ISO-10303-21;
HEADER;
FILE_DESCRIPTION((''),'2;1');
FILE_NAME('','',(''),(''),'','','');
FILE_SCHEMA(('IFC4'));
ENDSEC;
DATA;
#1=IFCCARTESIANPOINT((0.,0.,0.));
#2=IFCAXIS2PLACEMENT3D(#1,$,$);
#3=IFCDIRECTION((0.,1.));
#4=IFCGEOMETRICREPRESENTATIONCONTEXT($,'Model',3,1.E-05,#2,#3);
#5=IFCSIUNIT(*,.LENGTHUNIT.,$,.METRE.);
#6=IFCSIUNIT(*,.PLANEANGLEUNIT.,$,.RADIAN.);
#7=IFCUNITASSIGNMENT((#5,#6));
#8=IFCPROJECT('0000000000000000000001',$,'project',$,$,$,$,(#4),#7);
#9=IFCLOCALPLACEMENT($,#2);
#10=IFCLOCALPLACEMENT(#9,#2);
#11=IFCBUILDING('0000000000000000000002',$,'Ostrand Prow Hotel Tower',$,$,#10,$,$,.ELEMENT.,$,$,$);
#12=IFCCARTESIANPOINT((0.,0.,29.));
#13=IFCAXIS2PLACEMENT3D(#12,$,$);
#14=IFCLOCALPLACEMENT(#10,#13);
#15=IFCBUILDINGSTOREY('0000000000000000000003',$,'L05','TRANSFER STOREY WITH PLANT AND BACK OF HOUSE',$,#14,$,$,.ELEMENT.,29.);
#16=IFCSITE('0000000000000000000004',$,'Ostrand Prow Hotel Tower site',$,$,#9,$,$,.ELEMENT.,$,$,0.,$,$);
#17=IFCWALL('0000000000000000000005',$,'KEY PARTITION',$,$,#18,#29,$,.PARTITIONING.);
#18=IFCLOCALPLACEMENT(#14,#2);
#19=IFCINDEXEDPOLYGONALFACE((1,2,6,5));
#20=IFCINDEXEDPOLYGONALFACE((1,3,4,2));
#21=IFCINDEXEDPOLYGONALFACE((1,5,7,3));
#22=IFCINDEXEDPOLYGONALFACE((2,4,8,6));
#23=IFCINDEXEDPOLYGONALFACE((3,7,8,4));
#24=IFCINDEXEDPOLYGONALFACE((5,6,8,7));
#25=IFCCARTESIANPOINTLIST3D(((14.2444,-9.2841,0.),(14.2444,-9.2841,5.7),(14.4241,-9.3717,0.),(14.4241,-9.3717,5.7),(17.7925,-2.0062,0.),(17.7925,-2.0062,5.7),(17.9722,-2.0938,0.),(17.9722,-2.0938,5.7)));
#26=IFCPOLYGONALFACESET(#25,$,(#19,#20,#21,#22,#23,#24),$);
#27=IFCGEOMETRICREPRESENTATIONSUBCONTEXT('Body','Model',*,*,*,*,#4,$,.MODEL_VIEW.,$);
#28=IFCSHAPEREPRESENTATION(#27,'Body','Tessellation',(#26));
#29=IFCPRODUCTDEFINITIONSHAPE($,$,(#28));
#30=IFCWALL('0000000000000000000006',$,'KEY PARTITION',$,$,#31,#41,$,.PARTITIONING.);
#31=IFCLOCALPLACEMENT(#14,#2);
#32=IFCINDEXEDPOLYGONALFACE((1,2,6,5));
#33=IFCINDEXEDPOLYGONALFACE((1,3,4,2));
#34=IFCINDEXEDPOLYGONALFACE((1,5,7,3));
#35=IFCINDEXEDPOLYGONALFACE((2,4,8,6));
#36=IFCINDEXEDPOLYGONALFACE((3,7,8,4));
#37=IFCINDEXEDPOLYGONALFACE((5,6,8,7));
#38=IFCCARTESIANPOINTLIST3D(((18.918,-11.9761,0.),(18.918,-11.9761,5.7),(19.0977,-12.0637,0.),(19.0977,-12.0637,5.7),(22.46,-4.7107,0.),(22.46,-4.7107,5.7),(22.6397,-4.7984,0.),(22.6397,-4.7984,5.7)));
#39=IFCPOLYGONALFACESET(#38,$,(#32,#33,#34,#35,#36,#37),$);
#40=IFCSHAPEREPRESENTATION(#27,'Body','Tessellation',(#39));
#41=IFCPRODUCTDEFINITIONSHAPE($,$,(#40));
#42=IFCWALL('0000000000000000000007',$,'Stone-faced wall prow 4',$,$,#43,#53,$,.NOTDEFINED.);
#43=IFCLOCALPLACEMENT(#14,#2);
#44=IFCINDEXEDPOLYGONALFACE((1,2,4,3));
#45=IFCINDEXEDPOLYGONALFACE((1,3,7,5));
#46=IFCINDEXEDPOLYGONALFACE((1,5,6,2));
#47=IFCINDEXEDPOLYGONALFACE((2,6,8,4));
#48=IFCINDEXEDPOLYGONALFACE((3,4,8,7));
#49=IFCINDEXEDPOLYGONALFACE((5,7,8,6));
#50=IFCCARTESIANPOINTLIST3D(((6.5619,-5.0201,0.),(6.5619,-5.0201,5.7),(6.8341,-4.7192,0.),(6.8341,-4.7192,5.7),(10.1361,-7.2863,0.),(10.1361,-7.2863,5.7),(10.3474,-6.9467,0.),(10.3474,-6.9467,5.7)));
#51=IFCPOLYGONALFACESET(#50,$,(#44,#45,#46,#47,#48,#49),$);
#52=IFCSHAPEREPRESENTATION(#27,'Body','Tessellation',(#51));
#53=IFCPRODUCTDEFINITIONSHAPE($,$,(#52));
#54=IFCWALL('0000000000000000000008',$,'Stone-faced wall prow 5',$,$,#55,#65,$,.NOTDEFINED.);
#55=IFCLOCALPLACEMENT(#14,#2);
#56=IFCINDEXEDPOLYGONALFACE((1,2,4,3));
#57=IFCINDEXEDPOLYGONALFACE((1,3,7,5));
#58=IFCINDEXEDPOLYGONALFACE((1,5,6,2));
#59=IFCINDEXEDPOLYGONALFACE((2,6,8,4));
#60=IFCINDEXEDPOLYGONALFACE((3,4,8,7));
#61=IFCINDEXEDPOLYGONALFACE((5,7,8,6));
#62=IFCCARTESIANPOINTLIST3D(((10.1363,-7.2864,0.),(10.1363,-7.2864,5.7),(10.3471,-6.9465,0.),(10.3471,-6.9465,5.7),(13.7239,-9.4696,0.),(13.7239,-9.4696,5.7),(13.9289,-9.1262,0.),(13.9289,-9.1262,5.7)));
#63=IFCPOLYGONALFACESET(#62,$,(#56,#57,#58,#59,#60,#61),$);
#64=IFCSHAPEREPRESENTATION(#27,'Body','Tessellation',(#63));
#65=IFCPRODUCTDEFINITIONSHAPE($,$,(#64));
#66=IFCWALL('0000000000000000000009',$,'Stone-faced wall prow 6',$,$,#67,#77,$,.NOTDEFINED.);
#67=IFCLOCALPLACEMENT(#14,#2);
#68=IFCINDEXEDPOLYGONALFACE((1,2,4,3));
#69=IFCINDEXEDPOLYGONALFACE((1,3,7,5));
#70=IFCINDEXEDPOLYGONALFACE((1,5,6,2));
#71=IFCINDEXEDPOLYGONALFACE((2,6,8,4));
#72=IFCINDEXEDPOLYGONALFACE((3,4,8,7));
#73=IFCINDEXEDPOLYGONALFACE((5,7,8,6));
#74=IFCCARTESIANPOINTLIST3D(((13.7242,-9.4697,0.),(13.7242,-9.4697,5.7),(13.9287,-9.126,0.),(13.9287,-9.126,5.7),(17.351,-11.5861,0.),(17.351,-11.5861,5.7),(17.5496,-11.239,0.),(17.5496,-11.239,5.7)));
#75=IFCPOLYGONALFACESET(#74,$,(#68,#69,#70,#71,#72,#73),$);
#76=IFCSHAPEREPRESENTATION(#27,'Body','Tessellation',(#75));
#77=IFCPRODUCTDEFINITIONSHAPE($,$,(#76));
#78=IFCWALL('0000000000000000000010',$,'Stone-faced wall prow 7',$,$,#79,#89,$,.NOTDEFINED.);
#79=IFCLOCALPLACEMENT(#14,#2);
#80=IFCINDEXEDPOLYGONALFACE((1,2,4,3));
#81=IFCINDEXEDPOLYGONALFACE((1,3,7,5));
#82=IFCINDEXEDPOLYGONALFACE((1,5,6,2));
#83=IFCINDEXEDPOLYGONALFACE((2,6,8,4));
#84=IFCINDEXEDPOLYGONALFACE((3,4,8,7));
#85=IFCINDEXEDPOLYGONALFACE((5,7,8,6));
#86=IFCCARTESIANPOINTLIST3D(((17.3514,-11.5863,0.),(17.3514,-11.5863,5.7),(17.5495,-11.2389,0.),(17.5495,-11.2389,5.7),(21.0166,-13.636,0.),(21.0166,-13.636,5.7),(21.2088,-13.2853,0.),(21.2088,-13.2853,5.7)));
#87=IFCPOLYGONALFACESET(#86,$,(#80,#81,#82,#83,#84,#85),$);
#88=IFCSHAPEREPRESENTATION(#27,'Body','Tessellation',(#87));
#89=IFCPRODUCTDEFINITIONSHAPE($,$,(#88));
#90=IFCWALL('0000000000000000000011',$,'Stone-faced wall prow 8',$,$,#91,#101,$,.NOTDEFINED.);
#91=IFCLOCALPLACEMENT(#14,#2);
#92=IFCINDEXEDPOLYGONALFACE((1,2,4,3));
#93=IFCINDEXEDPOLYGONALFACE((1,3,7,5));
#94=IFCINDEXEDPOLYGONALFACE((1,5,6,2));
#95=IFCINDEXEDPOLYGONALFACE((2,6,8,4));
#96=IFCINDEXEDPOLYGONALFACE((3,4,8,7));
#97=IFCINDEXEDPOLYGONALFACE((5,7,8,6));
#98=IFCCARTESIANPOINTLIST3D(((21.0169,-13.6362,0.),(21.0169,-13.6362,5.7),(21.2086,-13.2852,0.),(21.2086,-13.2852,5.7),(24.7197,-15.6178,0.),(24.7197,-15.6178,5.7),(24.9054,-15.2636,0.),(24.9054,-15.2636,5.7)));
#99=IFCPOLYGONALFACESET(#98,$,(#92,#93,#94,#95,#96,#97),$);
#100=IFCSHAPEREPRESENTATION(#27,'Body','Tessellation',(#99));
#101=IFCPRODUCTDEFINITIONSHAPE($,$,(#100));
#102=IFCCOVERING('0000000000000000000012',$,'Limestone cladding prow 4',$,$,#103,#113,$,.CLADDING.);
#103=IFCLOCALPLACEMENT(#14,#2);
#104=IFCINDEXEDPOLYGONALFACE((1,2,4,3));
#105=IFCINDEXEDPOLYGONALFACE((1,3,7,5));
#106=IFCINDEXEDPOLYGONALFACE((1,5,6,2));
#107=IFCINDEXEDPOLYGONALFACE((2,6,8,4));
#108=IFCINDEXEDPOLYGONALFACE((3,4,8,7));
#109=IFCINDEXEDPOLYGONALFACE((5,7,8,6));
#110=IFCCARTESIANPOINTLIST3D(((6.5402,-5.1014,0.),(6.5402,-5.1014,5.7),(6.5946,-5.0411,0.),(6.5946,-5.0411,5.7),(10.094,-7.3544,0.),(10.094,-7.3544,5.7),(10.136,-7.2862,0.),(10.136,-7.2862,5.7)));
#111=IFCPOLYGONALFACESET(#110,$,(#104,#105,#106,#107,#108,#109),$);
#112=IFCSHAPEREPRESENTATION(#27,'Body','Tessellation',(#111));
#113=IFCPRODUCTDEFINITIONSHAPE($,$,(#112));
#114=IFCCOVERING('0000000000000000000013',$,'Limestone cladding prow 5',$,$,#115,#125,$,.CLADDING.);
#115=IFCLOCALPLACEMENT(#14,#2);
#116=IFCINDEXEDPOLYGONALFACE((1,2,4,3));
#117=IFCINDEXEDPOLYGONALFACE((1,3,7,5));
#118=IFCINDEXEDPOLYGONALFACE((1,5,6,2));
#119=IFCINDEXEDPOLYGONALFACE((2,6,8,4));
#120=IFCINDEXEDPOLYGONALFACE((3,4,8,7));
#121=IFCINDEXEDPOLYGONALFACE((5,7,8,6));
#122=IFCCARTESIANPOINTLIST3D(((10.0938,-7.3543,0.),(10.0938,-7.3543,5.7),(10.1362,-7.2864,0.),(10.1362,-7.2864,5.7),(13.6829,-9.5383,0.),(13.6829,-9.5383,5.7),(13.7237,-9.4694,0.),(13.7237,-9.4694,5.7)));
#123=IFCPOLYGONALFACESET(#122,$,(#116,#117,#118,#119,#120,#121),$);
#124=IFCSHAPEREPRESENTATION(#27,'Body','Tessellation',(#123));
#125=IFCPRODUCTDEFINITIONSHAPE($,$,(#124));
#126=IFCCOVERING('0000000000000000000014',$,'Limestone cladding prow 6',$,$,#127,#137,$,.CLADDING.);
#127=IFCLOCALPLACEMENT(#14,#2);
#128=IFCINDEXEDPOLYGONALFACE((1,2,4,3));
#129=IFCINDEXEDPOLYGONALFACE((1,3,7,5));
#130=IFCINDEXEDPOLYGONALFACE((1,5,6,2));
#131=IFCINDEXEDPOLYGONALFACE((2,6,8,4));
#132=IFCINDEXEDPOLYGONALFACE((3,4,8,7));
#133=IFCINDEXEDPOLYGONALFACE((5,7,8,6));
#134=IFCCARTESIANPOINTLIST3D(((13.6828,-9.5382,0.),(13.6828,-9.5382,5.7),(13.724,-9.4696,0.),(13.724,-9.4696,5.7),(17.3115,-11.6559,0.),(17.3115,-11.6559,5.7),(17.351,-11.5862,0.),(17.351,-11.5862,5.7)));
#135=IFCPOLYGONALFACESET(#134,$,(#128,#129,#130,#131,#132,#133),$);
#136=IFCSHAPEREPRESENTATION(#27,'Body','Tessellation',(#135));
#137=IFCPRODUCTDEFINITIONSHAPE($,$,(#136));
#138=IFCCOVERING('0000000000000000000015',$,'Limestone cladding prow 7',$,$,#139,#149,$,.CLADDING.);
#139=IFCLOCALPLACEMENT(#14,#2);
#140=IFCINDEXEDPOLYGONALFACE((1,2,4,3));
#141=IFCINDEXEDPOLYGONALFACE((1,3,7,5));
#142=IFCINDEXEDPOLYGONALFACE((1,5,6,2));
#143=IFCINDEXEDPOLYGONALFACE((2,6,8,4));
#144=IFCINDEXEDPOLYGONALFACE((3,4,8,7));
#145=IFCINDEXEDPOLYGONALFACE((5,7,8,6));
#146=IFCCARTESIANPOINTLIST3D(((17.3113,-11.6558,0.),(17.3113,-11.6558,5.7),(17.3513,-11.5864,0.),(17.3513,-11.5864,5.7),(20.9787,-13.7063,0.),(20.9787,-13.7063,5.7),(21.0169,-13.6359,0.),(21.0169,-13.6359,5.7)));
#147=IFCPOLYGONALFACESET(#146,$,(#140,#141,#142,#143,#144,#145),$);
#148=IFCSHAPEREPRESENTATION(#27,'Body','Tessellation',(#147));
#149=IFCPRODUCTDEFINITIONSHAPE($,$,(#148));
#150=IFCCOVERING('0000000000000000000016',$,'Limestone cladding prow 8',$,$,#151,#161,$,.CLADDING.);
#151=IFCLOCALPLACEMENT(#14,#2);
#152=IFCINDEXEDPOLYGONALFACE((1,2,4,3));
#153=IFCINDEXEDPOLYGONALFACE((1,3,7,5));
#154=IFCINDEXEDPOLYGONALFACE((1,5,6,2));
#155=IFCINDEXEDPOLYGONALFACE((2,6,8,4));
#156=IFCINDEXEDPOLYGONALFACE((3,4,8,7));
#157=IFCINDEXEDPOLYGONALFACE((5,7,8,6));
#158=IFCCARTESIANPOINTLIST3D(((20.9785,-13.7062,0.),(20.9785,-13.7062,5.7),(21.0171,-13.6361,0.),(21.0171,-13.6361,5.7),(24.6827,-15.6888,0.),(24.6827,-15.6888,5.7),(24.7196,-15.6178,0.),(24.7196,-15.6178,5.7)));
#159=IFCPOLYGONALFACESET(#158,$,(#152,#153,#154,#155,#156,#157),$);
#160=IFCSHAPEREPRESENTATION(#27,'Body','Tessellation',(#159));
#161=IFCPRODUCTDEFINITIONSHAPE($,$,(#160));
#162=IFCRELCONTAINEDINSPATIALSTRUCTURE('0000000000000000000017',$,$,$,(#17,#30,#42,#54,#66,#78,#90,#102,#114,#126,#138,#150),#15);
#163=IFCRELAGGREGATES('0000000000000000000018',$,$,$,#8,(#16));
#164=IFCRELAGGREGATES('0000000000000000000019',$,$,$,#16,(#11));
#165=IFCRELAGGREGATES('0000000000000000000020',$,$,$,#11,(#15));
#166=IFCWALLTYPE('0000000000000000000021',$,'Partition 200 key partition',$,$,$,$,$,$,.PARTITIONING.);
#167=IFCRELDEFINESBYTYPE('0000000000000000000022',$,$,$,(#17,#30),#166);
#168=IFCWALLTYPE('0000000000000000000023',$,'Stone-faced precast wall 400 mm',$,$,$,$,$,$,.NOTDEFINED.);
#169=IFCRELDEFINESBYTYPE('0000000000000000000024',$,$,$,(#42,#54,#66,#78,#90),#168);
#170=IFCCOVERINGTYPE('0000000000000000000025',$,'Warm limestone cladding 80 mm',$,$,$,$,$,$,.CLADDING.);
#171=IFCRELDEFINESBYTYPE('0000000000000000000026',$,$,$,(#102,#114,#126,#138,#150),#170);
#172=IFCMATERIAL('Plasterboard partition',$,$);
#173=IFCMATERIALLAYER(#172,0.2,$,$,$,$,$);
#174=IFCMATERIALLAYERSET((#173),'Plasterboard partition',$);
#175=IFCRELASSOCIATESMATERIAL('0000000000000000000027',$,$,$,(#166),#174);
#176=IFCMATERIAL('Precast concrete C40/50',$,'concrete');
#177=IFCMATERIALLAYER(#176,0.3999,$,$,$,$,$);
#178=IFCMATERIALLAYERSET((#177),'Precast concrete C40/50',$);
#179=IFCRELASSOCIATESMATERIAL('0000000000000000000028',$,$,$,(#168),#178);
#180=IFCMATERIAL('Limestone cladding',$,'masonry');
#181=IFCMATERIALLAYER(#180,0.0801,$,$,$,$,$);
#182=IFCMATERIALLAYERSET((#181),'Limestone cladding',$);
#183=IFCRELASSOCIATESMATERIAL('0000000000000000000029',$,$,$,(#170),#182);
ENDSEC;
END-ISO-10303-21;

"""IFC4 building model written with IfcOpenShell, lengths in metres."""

from ifc_helpers import new_model, si_unit, direction, frame, frame_2d, origin, place, context, subcontext, project, spatial, polyline, rectangle, outline, extrude, material, layer, layer_set, type_object, element, save


model = new_model("IFC4")

# Units and contexts
model_context = context("Model", 3, precision=1e-05, world=origin(), true_north=direction((0.0, 1.0)))
body_context = subcontext(model_context, "Body", "Model", "MODEL_VIEW")
ifc_project = project(units=[si_unit("LENGTHUNIT", "METRE"), si_unit("PLANEANGLEUNIT", "RADIAN")], contexts=[model_context])

# Site, building, storey
site_placement = place(None, origin())
site = spatial("IfcSite", under=ifc_project, at=site_placement, Name="Ostrand Prow Hotel Tower site", CompositionType="ELEMENT", RefElevation=0.0)
building_placement = place(site_placement, origin())
building = spatial("IfcBuilding", under=site, at=building_placement, Name="Ostrand Prow Hotel Tower", CompositionType="ELEMENT")
storey_placement = place(building_placement, frame((0.0, 0.0, 29.0)))
storey = spatial("IfcBuildingStorey", under=building, at=storey_placement, Name="L05", Description="TRANSFER STOREY WITH PLANT AND BACK OF HOUSE", CompositionType="ELEMENT", Elevation=29.0)

# Walls
ifc_material_1 = material(Name="Plasterboard partition")
ifc_layer_1 = layer(ifc_material_1, 0.2)
ifc_layer_set_1 = layer_set([ifc_layer_1], Name="Plasterboard partition")
wall_type_1 = type_object("IfcWallType", Name="Partition 200 key partition", PredefinedType="PARTITIONING", material=ifc_layer_set_1)
wall_1_placement = place(storey_placement, frame((14.3342, -9.3279, 0.0), z_axis=(0.0, 0.0, 1.0), x_axis=(0.438217, 0.898869, 0.0)))
element("IfcWall", 1, at=wall_1_placement, inside=storey, type_object=wall_type_1, Name="KEY PARTITION", PredefinedType="PARTITIONING", context=body_context, shape_type="SweptSolid", body=[
    extrude(rectangle(XDim=8.0967, YDim=0.2, at=frame_2d((4.0483, 0.0))), origin(), (0.0, 0.0, 1.0), 5.7),
])
wall_2_placement = place(storey_placement, frame((19.0078, -12.02, 0.0), z_axis=(0.0, 0.0, 1.0), x_axis=(0.438214, 0.898871, 0.0)))
element("IfcWall", 2, at=wall_2_placement, inside=storey, type_object=wall_type_1, Name="KEY PARTITION", PredefinedType="PARTITIONING", context=body_context, shape_type="SweptSolid", body=[
    extrude(rectangle(XDim=8.0828, YDim=0.2, at=frame_2d((4.0415, 0.0))), origin(), (0.0, 0.0, 1.0), 5.7),
])
ifc_material_2 = material(Name="Precast concrete C40/50", Category="concrete")
ifc_layer_2 = layer(ifc_material_2, 0.3999)
ifc_layer_set_2 = layer_set([ifc_layer_2], Name="Precast concrete C40/50")
wall_type_2 = type_object("IfcWallType", Name="Stone-faced precast wall 400 mm", PredefinedType="NOTDEFINED", material=ifc_layer_set_2)
wall_3_placement = place(storey_placement, frame((6.698, -4.8696, 0.0), z_axis=(0.0, 0.0, 1.0), x_axis=(0.844552, -0.535474, 0.0)))
element("IfcWall", 3, at=wall_3_placement, inside=storey, type_object=wall_type_2, Name="Stone-faced wall prow 4", PredefinedType="NOTDEFINED", context=body_context, shape_type="SweptSolid", body=[
    extrude(outline(polyline([(-0.0344, -0.2), (4.1978, -0.2), (4.1943, 0.2), (0.0344, 0.2), (-0.0344, -0.2)])), origin(), (0.0, 0.0, 1.0), 5.7),
])
wall_4_placement = place(storey_placement, frame((10.2417, -7.1165, 0.0), z_axis=(0.0, 0.0, 1.0), x_axis=(0.854263, -0.519842, 0.0)))
element("IfcWall", 4, at=wall_4_placement, inside=storey, type_object=wall_type_2, Name="Stone-faced wall prow 5", PredefinedType="NOTDEFINED", context=body_context, shape_type="SweptSolid", body=[
    extrude(outline(polyline([(-0.0017, -0.2), (4.198, -0.2), (4.1946, 0.2), (0.0017, 0.2), (-0.0017, -0.2)])), origin(), (0.0, 0.0, 1.0), 5.7),
])
wall_5_placement = place(storey_placement, frame((13.8264, -9.2979, 0.0), z_axis=(0.0, 0.0, 1.0), x_axis=(0.863703, -0.504001, 0.0)))
element("IfcWall", 5, at=wall_5_placement, inside=storey, type_object=wall_type_2, Name="Stone-faced wall prow 6", PredefinedType="NOTDEFINED", context=body_context, shape_type="SweptSolid", body=[
    extrude(outline(polyline([(-0.0017, -0.2), (4.1975, -0.2), (4.1941, 0.2), (0.0017, 0.2), (-0.0017, -0.2)])), origin(), (0.0, 0.0, 1.0), 5.7),
])
wall_6_placement = place(storey_placement, frame((17.4504, -11.4126, 0.0), z_axis=(0.0, 0.0, 1.0), x_axis=(0.872793, -0.488091, 0.0)))
element("IfcWall", 6, at=wall_6_placement, inside=storey, type_object=wall_type_2, Name="Stone-faced wall prow 7", PredefinedType="NOTDEFINED", context=body_context, shape_type="SweptSolid", body=[
    extrude(outline(polyline([(-0.0017, -0.2), (4.1978, -0.2), (4.1943, 0.2), (0.0017, 0.2), (-0.0017, -0.2)])), origin(), (0.0, 0.0, 1.0), 5.7),
])
wall_7_placement = place(storey_placement, frame((21.1128, -13.4607, 0.0), z_axis=(0.0, 0.0, 1.0), x_axis=(0.881679, -0.47185, 0.0)))
element("IfcWall", 7, at=wall_7_placement, inside=storey, type_object=wall_type_2, Name="Stone-faced wall prow 8", PredefinedType="NOTDEFINED", context=body_context, shape_type="SweptSolid", body=[
    extrude(outline(polyline([(-0.0017, -0.2), (4.198, -0.2), (4.1946, 0.2), (0.0017, 0.2), (-0.0017, -0.2)])), origin(), (0.0, 0.0, 1.0), 5.7),
])

# Coverings
ifc_material_3 = material(Name="Limestone cladding", Category="masonry")
ifc_layer_3 = layer(ifc_material_3, 0.0801)
ifc_layer_set_3 = layer_set([ifc_layer_3], Name="Limestone cladding")
covering_type = type_object("IfcCoveringType", Name="Warm limestone cladding 80 mm", PredefinedType="CLADDING", material=ifc_layer_set_3)
covering_1_placement = place(storey_placement, frame((6.5674, -5.0713, 0.0), z_axis=(0.0, 0.0, 1.0), x_axis=(0.844582, -0.535427, 0.0)))
element("IfcCovering", 8, at=covering_1_placement, inside=storey, type_object=covering_type, Name="Limestone cladding prow 4", PredefinedType="CLADDING", context=body_context, shape_type="SweptSolid", body=[
    extrude(outline(polyline([(-0.0068, -0.04), (4.2009, -0.04), (4.2, 0.04), (0.0068, 0.04), (-0.0068, -0.04)])), origin(), (0.0, 0.0, 1.0), 5.7),
])
for number, where, z_axis, x_axis, name in (
    (9, (10.115, -7.3203, 0.0), (0.0, 0.0, 1.0), (0.854266, -0.519836, 0.0), "Limestone cladding prow 5"),
    (10, (13.7034, -9.5039, 0.0), (0.0, 0.0, 1.0), (0.863686, -0.50403, 0.0), "Limestone cladding prow 6"),
):
    element("IfcCovering", number, at=place(storey_placement, frame(where, z_axis=z_axis, x_axis=x_axis)), inside=storey, type_object=covering_type, Name=name, PredefinedType="CLADDING", context=body_context, shape_type="SweptSolid", body=[
        extrude(outline(polyline([(-0.0005, -0.04), (4.2009, -0.04), (4.2, 0.04), (0.0005, 0.04), (-0.0005, -0.04)])), origin(), (0.0, 0.0, 1.0), 5.7),
    ])
covering_2_placement = place(storey_placement, frame((17.3313, -11.6211, 0.0), z_axis=(0.0, 0.0, 1.0), x_axis=(0.87283, -0.488025, 0.0)))
element("IfcCovering", 11, at=covering_2_placement, inside=storey, type_object=covering_type, Name="Limestone cladding prow 7", PredefinedType="CLADDING", context=body_context, shape_type="SweptSolid", body=[
    extrude(outline(polyline([(-0.0005, -0.04), (4.2012, -0.04), (4.2002, 0.04), (0.0005, 0.04), (-0.0005, -0.04)])), origin(), (0.0, 0.0, 1.0), 5.7),
])
covering_3_placement = place(storey_placement, frame((20.9978, -13.6711, 0.0), z_axis=(0.0, 0.0, 1.0), x_axis=(0.881655, -0.471894, 0.0)))
element("IfcCovering", 12, at=covering_3_placement, inside=storey, type_object=covering_type, Name="Limestone cladding prow 8", PredefinedType="CLADDING", context=body_context, shape_type="SweptSolid", body=[
    extrude(outline(polyline([(-0.0005, -0.04), (4.2009, -0.04), (4.2, 0.04), (0.0005, 0.04), (-0.0005, -0.04)])), origin(), (0.0, 0.0, 1.0), 5.7),
])

save(model, "model.ifc")
